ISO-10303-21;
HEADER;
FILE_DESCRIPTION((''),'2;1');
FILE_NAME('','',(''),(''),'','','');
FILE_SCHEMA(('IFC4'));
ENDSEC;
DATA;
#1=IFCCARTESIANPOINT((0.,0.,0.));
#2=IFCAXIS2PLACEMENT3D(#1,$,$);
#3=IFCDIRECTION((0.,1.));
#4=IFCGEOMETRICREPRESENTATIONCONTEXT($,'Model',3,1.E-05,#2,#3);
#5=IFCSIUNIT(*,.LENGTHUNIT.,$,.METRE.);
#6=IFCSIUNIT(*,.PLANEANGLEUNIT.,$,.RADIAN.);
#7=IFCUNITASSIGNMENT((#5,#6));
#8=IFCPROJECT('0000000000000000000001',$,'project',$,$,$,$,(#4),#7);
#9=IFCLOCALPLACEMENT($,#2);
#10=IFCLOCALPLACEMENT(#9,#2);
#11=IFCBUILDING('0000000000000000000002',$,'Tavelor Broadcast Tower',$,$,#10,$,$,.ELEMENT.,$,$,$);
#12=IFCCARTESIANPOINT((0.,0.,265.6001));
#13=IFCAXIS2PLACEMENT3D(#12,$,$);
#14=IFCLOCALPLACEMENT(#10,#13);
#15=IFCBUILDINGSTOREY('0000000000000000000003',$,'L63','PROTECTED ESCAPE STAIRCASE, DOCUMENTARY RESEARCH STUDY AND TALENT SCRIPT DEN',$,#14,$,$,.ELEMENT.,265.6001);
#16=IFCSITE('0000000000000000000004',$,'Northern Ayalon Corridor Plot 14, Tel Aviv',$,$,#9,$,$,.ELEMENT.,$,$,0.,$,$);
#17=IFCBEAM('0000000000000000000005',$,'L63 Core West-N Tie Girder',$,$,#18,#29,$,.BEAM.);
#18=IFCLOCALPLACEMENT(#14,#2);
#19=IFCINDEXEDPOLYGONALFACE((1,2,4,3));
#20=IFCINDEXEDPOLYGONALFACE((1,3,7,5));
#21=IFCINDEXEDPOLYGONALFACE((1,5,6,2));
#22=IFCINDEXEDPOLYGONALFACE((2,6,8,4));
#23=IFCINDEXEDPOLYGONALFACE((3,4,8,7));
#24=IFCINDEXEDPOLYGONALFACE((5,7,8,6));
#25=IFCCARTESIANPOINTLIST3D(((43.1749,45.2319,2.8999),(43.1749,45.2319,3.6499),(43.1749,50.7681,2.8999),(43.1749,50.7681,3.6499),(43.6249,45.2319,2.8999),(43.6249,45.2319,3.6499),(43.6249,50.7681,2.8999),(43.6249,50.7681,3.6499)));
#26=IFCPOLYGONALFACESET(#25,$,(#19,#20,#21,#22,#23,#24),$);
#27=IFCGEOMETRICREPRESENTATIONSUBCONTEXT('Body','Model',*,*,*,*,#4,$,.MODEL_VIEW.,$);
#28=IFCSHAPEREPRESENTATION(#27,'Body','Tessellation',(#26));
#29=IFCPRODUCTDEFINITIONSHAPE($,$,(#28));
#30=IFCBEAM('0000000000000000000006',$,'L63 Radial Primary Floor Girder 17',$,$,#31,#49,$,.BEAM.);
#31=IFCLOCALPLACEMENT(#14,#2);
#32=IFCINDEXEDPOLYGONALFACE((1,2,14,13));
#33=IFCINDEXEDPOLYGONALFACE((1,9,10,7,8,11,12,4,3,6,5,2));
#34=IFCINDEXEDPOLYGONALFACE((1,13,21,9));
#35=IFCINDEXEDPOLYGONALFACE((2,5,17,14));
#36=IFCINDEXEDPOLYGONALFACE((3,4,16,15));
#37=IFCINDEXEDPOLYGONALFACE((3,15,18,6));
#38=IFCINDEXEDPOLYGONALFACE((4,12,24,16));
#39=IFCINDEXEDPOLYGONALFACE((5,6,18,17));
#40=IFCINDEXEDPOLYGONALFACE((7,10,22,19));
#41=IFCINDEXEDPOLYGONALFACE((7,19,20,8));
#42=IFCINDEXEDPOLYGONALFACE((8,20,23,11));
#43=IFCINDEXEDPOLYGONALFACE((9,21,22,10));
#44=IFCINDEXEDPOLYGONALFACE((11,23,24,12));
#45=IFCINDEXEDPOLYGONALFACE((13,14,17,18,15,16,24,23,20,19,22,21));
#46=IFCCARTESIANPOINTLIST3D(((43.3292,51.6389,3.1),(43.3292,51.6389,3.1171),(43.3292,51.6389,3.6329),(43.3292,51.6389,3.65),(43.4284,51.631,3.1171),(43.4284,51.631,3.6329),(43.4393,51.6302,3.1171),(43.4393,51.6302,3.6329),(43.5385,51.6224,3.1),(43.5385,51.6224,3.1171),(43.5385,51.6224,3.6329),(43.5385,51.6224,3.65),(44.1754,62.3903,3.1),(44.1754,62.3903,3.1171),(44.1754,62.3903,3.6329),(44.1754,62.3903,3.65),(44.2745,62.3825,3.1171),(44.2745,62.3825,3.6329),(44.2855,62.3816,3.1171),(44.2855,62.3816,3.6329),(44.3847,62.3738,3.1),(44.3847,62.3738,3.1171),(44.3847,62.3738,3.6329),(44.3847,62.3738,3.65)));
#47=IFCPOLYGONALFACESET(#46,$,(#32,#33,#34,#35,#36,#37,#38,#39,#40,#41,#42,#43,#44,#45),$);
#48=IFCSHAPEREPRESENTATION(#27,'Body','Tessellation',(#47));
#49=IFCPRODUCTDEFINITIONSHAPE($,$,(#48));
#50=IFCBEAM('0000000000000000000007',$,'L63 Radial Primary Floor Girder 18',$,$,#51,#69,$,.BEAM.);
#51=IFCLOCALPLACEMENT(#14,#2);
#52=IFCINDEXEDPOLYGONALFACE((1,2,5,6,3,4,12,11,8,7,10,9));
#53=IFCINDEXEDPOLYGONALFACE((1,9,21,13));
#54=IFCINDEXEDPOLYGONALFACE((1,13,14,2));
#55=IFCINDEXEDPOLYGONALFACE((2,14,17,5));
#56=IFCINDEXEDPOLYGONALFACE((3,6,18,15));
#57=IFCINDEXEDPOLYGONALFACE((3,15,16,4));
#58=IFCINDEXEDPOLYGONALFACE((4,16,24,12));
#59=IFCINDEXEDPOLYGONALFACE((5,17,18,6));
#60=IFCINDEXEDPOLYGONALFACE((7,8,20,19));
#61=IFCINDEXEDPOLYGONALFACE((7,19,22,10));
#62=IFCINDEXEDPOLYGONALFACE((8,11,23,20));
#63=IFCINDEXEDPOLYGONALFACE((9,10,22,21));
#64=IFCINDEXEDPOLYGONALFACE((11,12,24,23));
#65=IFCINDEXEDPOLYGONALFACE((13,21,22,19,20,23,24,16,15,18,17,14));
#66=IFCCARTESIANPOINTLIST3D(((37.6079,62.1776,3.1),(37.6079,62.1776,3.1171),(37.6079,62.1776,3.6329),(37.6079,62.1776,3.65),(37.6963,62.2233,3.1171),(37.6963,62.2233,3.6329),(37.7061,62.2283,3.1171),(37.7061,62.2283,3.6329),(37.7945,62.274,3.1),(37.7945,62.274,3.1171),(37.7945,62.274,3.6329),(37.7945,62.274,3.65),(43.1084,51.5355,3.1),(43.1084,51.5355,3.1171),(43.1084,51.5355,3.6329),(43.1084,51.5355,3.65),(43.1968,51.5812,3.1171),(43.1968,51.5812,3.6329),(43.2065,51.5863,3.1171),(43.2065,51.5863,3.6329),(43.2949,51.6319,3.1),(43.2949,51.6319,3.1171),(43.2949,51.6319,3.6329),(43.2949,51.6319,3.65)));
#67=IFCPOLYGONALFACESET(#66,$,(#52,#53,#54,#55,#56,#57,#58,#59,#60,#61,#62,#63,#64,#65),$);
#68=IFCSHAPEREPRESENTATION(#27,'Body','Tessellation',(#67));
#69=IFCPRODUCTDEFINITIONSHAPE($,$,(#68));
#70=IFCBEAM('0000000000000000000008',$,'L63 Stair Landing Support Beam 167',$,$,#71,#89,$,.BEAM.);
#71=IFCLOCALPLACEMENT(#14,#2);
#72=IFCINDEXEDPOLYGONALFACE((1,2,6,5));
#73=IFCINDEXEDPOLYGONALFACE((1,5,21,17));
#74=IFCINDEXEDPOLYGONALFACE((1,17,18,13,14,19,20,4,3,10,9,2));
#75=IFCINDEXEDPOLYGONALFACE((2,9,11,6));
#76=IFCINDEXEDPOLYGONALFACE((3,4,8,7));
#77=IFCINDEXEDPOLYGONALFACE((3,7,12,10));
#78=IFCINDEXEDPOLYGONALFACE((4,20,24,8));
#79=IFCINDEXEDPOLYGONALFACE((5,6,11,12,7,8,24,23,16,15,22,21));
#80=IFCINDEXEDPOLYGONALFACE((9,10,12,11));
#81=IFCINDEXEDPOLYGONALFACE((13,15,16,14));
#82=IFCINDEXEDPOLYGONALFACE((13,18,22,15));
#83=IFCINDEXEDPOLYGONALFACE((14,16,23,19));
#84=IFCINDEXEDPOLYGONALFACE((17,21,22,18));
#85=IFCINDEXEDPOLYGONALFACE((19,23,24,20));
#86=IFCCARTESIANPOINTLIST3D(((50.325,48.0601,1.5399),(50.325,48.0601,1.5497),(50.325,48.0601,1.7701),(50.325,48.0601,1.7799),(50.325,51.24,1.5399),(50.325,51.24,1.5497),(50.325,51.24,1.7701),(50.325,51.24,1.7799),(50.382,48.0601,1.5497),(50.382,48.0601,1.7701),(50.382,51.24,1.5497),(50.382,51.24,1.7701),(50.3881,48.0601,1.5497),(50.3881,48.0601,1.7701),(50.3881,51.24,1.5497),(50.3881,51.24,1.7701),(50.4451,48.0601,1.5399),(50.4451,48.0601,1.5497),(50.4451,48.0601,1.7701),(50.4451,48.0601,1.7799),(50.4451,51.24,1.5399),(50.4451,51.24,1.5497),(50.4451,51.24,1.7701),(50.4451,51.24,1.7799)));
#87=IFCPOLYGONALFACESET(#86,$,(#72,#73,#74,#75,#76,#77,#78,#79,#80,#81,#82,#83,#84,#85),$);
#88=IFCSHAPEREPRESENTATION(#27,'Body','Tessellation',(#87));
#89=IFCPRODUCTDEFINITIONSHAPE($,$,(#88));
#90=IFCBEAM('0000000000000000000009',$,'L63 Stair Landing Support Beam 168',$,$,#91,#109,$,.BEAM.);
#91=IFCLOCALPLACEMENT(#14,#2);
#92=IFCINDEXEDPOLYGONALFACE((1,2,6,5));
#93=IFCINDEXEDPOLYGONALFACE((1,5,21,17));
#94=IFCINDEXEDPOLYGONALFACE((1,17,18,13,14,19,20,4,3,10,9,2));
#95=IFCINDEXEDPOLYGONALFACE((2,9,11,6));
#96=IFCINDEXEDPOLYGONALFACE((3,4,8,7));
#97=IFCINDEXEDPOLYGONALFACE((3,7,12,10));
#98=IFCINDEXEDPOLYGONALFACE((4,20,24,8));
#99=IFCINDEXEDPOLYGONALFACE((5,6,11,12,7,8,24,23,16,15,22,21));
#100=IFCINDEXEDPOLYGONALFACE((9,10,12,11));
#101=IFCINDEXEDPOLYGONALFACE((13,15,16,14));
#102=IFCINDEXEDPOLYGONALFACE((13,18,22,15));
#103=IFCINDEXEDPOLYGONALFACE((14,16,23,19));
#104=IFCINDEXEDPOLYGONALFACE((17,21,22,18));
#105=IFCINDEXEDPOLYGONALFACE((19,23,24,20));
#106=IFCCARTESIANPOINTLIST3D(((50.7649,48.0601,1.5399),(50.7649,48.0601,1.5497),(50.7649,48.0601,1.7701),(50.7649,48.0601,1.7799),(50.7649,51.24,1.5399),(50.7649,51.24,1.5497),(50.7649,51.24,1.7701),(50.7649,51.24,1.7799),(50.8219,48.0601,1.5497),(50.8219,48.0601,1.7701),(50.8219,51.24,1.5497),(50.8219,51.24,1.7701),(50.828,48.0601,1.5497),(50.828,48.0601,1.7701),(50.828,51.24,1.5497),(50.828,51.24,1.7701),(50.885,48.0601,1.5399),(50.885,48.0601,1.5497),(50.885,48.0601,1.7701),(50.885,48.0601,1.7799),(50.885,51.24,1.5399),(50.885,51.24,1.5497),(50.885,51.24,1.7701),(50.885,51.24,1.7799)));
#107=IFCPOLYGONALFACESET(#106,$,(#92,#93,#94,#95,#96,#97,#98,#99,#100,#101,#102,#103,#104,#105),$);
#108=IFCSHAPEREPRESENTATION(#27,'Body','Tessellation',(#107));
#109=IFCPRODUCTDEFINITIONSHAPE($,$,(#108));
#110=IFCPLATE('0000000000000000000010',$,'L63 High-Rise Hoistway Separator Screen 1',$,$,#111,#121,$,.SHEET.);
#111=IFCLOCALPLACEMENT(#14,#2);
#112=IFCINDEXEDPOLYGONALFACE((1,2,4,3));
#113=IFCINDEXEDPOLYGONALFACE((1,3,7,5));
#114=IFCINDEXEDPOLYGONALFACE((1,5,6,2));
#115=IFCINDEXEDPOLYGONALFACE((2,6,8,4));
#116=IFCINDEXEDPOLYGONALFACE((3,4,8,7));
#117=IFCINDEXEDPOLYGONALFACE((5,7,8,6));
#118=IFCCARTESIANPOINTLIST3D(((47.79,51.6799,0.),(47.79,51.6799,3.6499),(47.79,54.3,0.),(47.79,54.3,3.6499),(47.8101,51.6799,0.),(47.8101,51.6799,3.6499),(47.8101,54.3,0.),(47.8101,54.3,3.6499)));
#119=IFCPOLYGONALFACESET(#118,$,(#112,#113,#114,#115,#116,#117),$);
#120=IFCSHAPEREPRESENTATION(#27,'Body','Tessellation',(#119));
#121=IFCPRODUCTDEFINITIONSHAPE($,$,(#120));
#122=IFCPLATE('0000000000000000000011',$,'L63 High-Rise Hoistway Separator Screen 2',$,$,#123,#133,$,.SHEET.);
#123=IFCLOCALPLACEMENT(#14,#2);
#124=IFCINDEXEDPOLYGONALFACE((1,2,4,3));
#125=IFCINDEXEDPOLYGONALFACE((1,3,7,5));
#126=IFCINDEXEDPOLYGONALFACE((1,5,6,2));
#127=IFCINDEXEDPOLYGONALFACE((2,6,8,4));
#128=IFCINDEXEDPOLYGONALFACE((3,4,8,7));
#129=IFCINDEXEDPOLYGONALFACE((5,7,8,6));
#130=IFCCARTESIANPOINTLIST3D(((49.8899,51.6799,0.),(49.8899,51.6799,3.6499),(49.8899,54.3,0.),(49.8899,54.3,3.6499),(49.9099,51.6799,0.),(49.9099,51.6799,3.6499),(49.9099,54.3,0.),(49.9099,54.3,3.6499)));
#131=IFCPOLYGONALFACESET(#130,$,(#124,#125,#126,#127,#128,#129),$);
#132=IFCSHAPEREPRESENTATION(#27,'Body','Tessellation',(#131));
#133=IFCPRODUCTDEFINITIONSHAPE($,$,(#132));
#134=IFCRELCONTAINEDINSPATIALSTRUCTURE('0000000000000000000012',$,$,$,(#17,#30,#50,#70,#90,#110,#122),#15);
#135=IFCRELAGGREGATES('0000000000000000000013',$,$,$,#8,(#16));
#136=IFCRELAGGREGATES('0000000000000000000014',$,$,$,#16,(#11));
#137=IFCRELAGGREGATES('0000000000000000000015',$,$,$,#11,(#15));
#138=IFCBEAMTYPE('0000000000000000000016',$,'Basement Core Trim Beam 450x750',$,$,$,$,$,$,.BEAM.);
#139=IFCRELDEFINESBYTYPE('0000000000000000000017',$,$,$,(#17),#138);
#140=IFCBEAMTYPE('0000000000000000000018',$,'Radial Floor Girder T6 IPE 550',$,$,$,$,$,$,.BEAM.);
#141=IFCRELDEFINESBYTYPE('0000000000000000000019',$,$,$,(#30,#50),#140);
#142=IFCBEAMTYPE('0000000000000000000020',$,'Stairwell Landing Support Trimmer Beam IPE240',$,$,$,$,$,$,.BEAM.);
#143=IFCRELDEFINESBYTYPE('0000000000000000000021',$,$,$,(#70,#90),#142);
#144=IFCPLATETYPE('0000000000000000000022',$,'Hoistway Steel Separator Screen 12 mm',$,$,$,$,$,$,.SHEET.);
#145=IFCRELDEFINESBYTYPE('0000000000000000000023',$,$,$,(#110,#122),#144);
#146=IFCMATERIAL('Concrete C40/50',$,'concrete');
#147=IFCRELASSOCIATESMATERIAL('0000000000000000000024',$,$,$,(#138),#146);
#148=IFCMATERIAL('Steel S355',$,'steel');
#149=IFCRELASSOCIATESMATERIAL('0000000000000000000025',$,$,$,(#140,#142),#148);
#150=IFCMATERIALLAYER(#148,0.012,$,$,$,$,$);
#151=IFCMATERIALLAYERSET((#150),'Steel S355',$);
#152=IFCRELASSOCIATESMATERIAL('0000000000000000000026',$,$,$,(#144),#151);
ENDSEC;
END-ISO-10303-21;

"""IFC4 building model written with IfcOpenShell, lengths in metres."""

from ifc_helpers import new_model, si_unit, direction, frame, origin, origin_2d, place, context, subcontext, project, spatial, rectangle, i_section, extrude, source, transform, mapped, material, layer, layer_set, material_profile, profile_set, type_object, type_shapes, element, save


model = new_model("IFC4")

# Units and contexts
model_context = context("Model", 3, precision=1e-05, world=origin(), true_north=direction((0.0, 1.0)))
body_context = subcontext(model_context, "Body", "Model", "MODEL_VIEW")
ifc_project = project(units=[si_unit("LENGTHUNIT", "METRE"), si_unit("PLANEANGLEUNIT", "RADIAN")], contexts=[model_context])

# Site, building, storey
site_placement = place(None, origin())
site = spatial("IfcSite", under=ifc_project, at=site_placement, Name="Northern Ayalon Corridor Plot 14, Tel Aviv", CompositionType="ELEMENT", RefElevation=0.0)
building_placement = place(site_placement, origin())
building = spatial("IfcBuilding", under=site, at=building_placement, Name="Tavelor Broadcast Tower", CompositionType="ELEMENT")
storey_placement = place(building_placement, frame((0.0, 0.0, 265.6001)))
storey = spatial("IfcBuildingStorey", under=building, at=storey_placement, Name="L63", Description="PROTECTED ESCAPE STAIRCASE, DOCUMENTARY RESEARCH STUDY AND TALENT SCRIPT DEN", CompositionType="ELEMENT", Elevation=265.6001)

# Beams
ifc_material_1 = material(Name="Concrete C40/50", Category="concrete")
ifc_material_profile_1 = material_profile(ifc_material_1, rectangle(XDim=0.45, YDim=0.75, at=origin_2d()), Name="RC 450x750")
ifc_profile_set_1 = profile_set([ifc_material_profile_1], Name="Concrete C40/50")
beam_type_1 = type_object("IfcBeamType", Name="Basement Core Trim Beam 450x750", PredefinedType="BEAM", material=ifc_profile_set_1)
beam_1_placement = place(storey_placement, frame((43.3999, 45.2319, 3.2749), z_axis=(0.0, 1.0, 0.0), x_axis=(-1.0, 0.0, 0.0)))
element("IfcBeam", 1, at=beam_1_placement, inside=storey, type_object=beam_type_1, Name="L63 Core West-N Tie Girder", PredefinedType="BEAM", context=body_context, shape_type="SweptSolid", body=[
    extrude(rectangle(XDim=0.45, YDim=0.75, at=origin_2d()), origin(), (0.0, 0.0, 1.0), 5.5361),
])
ifc_material_2 = material(Name="Steel S355", Category="steel")
ifc_material_profile_2 = material_profile(ifc_material_2, i_section(OverallWidth=0.21, OverallDepth=0.55, WebThickness=0.011, FlangeThickness=0.0171, at=origin_2d()), Name="IPE 550")
ifc_profile_set_2 = profile_set([ifc_material_profile_2], Name="Steel S355")
beam_type_2 = type_object("IfcBeamType", Name="Radial Floor Girder T6 IPE 550", PredefinedType="BEAM", material=ifc_profile_set_2)
beam_2_placement = place(storey_placement, frame((43.4338, 51.6306, 3.375), z_axis=(0.078462, 0.996917, 0.0), x_axis=(-0.996917, 0.078462, 0.0)))
element("IfcBeam", 2, at=beam_2_placement, inside=storey, type_object=beam_type_2, Name="L63 Radial Primary Floor Girder 17", PredefinedType="BEAM", context=body_context, shape_type="SweptSolid", body=[
    extrude(i_section(OverallWidth=0.21, OverallDepth=0.55, WebThickness=0.011, FlangeThickness=0.0171, at=origin_2d()), origin(), (0.0, 0.0, 1.0), 10.7847),
])
beam_3_placement = place(storey_placement, frame((43.2017, 51.5837, 3.375), z_axis=(-0.459157, 0.888355, 0.0), x_axis=(-0.888355, -0.459157, 0.0)))
element("IfcBeam", 3, at=beam_3_placement, inside=storey, type_object=beam_type_2, Name="L63 Radial Primary Floor Girder 18", PredefinedType="BEAM", context=body_context, shape_type="SweptSolid", body=[
    extrude(i_section(OverallWidth=0.21, OverallDepth=0.55, WebThickness=0.011, FlangeThickness=0.0171, at=origin_2d()), origin(), (0.0, 0.0, 1.0), 11.9795),
])
ifc_material_profile_3 = material_profile(ifc_material_2, i_section(OverallWidth=0.1201, OverallDepth=0.24, WebThickness=0.0061, FlangeThickness=0.0098, at=origin_2d()), Name="IPE 240")
ifc_profile_set_3 = profile_set([ifc_material_profile_3], Name="Steel S355")
beam_type_3 = type_object("IfcBeamType", Name="Stairwell Landing Support Trimmer Beam IPE240", PredefinedType="BEAM", material=ifc_profile_set_3)
for number, where, z_axis, x_axis, name in (
    (4, (50.385, 48.0601, 1.6599), (0.0, 1.0, 0.0), (-1.0, 0.0, 0.0), "L63 Stair Landing Support Beam 167"),
    (5, (50.825, 48.0601, 1.6599), (0.0, 1.0, 0.0), (-1.0, 0.0, 0.0), "L63 Stair Landing Support Beam 168"),
):
    element("IfcBeam", number, at=place(storey_placement, frame(where, z_axis=z_axis, x_axis=x_axis)), inside=storey, type_object=beam_type_3, Name=name, PredefinedType="BEAM", context=body_context, shape_type="SweptSolid", body=[
        extrude(i_section(OverallWidth=0.1201, OverallDepth=0.24, WebThickness=0.0061, FlangeThickness=0.0098, at=origin_2d()), origin(), (0.0, 0.0, 1.0), 3.1799),
    ])

# Plates
ifc_layer_1 = layer(ifc_material_2, 0.012)
ifc_layer_set_1 = layer_set([ifc_layer_1], Name="Steel S355")
plate_type = type_object("IfcPlateType", Name="Hoistway Steel Separator Screen 12 mm", PredefinedType="SHEET", material=ifc_layer_set_1)
shared_shape = source(origin(), body_context, "Body", "SweptSolid", [
    extrude(rectangle(XDim=0.02, YDim=2.6201, at=origin_2d()), origin(), (0.0, 0.0, 1.0), 3.6499),
])
type_shapes(plate_type, [shared_shape])
for number, where, z_axis, x_axis, name in (
    (6, (47.8, 52.99, 0.0), (0.0, 0.0, 1.0), (1.0, 0.0, 0.0), "L63 High-Rise Hoistway Separator Screen 1"),
    (7, (49.8999, 52.99, 0.0), (0.0, 0.0, 1.0), (1.0, 0.0, 0.0), "L63 High-Rise Hoistway Separator Screen 2"),
):
    element("IfcPlate", number, at=place(storey_placement, frame(where, z_axis=z_axis, x_axis=x_axis)), inside=storey, type_object=plate_type, Name=name, PredefinedType="SHEET", context=body_context, shape_type="MappedRepresentation", body=[
        mapped(shared_shape, transform((0.0, 0.0, 0.0), scale=1.0)),
    ])

save(model, "model.ifc")
